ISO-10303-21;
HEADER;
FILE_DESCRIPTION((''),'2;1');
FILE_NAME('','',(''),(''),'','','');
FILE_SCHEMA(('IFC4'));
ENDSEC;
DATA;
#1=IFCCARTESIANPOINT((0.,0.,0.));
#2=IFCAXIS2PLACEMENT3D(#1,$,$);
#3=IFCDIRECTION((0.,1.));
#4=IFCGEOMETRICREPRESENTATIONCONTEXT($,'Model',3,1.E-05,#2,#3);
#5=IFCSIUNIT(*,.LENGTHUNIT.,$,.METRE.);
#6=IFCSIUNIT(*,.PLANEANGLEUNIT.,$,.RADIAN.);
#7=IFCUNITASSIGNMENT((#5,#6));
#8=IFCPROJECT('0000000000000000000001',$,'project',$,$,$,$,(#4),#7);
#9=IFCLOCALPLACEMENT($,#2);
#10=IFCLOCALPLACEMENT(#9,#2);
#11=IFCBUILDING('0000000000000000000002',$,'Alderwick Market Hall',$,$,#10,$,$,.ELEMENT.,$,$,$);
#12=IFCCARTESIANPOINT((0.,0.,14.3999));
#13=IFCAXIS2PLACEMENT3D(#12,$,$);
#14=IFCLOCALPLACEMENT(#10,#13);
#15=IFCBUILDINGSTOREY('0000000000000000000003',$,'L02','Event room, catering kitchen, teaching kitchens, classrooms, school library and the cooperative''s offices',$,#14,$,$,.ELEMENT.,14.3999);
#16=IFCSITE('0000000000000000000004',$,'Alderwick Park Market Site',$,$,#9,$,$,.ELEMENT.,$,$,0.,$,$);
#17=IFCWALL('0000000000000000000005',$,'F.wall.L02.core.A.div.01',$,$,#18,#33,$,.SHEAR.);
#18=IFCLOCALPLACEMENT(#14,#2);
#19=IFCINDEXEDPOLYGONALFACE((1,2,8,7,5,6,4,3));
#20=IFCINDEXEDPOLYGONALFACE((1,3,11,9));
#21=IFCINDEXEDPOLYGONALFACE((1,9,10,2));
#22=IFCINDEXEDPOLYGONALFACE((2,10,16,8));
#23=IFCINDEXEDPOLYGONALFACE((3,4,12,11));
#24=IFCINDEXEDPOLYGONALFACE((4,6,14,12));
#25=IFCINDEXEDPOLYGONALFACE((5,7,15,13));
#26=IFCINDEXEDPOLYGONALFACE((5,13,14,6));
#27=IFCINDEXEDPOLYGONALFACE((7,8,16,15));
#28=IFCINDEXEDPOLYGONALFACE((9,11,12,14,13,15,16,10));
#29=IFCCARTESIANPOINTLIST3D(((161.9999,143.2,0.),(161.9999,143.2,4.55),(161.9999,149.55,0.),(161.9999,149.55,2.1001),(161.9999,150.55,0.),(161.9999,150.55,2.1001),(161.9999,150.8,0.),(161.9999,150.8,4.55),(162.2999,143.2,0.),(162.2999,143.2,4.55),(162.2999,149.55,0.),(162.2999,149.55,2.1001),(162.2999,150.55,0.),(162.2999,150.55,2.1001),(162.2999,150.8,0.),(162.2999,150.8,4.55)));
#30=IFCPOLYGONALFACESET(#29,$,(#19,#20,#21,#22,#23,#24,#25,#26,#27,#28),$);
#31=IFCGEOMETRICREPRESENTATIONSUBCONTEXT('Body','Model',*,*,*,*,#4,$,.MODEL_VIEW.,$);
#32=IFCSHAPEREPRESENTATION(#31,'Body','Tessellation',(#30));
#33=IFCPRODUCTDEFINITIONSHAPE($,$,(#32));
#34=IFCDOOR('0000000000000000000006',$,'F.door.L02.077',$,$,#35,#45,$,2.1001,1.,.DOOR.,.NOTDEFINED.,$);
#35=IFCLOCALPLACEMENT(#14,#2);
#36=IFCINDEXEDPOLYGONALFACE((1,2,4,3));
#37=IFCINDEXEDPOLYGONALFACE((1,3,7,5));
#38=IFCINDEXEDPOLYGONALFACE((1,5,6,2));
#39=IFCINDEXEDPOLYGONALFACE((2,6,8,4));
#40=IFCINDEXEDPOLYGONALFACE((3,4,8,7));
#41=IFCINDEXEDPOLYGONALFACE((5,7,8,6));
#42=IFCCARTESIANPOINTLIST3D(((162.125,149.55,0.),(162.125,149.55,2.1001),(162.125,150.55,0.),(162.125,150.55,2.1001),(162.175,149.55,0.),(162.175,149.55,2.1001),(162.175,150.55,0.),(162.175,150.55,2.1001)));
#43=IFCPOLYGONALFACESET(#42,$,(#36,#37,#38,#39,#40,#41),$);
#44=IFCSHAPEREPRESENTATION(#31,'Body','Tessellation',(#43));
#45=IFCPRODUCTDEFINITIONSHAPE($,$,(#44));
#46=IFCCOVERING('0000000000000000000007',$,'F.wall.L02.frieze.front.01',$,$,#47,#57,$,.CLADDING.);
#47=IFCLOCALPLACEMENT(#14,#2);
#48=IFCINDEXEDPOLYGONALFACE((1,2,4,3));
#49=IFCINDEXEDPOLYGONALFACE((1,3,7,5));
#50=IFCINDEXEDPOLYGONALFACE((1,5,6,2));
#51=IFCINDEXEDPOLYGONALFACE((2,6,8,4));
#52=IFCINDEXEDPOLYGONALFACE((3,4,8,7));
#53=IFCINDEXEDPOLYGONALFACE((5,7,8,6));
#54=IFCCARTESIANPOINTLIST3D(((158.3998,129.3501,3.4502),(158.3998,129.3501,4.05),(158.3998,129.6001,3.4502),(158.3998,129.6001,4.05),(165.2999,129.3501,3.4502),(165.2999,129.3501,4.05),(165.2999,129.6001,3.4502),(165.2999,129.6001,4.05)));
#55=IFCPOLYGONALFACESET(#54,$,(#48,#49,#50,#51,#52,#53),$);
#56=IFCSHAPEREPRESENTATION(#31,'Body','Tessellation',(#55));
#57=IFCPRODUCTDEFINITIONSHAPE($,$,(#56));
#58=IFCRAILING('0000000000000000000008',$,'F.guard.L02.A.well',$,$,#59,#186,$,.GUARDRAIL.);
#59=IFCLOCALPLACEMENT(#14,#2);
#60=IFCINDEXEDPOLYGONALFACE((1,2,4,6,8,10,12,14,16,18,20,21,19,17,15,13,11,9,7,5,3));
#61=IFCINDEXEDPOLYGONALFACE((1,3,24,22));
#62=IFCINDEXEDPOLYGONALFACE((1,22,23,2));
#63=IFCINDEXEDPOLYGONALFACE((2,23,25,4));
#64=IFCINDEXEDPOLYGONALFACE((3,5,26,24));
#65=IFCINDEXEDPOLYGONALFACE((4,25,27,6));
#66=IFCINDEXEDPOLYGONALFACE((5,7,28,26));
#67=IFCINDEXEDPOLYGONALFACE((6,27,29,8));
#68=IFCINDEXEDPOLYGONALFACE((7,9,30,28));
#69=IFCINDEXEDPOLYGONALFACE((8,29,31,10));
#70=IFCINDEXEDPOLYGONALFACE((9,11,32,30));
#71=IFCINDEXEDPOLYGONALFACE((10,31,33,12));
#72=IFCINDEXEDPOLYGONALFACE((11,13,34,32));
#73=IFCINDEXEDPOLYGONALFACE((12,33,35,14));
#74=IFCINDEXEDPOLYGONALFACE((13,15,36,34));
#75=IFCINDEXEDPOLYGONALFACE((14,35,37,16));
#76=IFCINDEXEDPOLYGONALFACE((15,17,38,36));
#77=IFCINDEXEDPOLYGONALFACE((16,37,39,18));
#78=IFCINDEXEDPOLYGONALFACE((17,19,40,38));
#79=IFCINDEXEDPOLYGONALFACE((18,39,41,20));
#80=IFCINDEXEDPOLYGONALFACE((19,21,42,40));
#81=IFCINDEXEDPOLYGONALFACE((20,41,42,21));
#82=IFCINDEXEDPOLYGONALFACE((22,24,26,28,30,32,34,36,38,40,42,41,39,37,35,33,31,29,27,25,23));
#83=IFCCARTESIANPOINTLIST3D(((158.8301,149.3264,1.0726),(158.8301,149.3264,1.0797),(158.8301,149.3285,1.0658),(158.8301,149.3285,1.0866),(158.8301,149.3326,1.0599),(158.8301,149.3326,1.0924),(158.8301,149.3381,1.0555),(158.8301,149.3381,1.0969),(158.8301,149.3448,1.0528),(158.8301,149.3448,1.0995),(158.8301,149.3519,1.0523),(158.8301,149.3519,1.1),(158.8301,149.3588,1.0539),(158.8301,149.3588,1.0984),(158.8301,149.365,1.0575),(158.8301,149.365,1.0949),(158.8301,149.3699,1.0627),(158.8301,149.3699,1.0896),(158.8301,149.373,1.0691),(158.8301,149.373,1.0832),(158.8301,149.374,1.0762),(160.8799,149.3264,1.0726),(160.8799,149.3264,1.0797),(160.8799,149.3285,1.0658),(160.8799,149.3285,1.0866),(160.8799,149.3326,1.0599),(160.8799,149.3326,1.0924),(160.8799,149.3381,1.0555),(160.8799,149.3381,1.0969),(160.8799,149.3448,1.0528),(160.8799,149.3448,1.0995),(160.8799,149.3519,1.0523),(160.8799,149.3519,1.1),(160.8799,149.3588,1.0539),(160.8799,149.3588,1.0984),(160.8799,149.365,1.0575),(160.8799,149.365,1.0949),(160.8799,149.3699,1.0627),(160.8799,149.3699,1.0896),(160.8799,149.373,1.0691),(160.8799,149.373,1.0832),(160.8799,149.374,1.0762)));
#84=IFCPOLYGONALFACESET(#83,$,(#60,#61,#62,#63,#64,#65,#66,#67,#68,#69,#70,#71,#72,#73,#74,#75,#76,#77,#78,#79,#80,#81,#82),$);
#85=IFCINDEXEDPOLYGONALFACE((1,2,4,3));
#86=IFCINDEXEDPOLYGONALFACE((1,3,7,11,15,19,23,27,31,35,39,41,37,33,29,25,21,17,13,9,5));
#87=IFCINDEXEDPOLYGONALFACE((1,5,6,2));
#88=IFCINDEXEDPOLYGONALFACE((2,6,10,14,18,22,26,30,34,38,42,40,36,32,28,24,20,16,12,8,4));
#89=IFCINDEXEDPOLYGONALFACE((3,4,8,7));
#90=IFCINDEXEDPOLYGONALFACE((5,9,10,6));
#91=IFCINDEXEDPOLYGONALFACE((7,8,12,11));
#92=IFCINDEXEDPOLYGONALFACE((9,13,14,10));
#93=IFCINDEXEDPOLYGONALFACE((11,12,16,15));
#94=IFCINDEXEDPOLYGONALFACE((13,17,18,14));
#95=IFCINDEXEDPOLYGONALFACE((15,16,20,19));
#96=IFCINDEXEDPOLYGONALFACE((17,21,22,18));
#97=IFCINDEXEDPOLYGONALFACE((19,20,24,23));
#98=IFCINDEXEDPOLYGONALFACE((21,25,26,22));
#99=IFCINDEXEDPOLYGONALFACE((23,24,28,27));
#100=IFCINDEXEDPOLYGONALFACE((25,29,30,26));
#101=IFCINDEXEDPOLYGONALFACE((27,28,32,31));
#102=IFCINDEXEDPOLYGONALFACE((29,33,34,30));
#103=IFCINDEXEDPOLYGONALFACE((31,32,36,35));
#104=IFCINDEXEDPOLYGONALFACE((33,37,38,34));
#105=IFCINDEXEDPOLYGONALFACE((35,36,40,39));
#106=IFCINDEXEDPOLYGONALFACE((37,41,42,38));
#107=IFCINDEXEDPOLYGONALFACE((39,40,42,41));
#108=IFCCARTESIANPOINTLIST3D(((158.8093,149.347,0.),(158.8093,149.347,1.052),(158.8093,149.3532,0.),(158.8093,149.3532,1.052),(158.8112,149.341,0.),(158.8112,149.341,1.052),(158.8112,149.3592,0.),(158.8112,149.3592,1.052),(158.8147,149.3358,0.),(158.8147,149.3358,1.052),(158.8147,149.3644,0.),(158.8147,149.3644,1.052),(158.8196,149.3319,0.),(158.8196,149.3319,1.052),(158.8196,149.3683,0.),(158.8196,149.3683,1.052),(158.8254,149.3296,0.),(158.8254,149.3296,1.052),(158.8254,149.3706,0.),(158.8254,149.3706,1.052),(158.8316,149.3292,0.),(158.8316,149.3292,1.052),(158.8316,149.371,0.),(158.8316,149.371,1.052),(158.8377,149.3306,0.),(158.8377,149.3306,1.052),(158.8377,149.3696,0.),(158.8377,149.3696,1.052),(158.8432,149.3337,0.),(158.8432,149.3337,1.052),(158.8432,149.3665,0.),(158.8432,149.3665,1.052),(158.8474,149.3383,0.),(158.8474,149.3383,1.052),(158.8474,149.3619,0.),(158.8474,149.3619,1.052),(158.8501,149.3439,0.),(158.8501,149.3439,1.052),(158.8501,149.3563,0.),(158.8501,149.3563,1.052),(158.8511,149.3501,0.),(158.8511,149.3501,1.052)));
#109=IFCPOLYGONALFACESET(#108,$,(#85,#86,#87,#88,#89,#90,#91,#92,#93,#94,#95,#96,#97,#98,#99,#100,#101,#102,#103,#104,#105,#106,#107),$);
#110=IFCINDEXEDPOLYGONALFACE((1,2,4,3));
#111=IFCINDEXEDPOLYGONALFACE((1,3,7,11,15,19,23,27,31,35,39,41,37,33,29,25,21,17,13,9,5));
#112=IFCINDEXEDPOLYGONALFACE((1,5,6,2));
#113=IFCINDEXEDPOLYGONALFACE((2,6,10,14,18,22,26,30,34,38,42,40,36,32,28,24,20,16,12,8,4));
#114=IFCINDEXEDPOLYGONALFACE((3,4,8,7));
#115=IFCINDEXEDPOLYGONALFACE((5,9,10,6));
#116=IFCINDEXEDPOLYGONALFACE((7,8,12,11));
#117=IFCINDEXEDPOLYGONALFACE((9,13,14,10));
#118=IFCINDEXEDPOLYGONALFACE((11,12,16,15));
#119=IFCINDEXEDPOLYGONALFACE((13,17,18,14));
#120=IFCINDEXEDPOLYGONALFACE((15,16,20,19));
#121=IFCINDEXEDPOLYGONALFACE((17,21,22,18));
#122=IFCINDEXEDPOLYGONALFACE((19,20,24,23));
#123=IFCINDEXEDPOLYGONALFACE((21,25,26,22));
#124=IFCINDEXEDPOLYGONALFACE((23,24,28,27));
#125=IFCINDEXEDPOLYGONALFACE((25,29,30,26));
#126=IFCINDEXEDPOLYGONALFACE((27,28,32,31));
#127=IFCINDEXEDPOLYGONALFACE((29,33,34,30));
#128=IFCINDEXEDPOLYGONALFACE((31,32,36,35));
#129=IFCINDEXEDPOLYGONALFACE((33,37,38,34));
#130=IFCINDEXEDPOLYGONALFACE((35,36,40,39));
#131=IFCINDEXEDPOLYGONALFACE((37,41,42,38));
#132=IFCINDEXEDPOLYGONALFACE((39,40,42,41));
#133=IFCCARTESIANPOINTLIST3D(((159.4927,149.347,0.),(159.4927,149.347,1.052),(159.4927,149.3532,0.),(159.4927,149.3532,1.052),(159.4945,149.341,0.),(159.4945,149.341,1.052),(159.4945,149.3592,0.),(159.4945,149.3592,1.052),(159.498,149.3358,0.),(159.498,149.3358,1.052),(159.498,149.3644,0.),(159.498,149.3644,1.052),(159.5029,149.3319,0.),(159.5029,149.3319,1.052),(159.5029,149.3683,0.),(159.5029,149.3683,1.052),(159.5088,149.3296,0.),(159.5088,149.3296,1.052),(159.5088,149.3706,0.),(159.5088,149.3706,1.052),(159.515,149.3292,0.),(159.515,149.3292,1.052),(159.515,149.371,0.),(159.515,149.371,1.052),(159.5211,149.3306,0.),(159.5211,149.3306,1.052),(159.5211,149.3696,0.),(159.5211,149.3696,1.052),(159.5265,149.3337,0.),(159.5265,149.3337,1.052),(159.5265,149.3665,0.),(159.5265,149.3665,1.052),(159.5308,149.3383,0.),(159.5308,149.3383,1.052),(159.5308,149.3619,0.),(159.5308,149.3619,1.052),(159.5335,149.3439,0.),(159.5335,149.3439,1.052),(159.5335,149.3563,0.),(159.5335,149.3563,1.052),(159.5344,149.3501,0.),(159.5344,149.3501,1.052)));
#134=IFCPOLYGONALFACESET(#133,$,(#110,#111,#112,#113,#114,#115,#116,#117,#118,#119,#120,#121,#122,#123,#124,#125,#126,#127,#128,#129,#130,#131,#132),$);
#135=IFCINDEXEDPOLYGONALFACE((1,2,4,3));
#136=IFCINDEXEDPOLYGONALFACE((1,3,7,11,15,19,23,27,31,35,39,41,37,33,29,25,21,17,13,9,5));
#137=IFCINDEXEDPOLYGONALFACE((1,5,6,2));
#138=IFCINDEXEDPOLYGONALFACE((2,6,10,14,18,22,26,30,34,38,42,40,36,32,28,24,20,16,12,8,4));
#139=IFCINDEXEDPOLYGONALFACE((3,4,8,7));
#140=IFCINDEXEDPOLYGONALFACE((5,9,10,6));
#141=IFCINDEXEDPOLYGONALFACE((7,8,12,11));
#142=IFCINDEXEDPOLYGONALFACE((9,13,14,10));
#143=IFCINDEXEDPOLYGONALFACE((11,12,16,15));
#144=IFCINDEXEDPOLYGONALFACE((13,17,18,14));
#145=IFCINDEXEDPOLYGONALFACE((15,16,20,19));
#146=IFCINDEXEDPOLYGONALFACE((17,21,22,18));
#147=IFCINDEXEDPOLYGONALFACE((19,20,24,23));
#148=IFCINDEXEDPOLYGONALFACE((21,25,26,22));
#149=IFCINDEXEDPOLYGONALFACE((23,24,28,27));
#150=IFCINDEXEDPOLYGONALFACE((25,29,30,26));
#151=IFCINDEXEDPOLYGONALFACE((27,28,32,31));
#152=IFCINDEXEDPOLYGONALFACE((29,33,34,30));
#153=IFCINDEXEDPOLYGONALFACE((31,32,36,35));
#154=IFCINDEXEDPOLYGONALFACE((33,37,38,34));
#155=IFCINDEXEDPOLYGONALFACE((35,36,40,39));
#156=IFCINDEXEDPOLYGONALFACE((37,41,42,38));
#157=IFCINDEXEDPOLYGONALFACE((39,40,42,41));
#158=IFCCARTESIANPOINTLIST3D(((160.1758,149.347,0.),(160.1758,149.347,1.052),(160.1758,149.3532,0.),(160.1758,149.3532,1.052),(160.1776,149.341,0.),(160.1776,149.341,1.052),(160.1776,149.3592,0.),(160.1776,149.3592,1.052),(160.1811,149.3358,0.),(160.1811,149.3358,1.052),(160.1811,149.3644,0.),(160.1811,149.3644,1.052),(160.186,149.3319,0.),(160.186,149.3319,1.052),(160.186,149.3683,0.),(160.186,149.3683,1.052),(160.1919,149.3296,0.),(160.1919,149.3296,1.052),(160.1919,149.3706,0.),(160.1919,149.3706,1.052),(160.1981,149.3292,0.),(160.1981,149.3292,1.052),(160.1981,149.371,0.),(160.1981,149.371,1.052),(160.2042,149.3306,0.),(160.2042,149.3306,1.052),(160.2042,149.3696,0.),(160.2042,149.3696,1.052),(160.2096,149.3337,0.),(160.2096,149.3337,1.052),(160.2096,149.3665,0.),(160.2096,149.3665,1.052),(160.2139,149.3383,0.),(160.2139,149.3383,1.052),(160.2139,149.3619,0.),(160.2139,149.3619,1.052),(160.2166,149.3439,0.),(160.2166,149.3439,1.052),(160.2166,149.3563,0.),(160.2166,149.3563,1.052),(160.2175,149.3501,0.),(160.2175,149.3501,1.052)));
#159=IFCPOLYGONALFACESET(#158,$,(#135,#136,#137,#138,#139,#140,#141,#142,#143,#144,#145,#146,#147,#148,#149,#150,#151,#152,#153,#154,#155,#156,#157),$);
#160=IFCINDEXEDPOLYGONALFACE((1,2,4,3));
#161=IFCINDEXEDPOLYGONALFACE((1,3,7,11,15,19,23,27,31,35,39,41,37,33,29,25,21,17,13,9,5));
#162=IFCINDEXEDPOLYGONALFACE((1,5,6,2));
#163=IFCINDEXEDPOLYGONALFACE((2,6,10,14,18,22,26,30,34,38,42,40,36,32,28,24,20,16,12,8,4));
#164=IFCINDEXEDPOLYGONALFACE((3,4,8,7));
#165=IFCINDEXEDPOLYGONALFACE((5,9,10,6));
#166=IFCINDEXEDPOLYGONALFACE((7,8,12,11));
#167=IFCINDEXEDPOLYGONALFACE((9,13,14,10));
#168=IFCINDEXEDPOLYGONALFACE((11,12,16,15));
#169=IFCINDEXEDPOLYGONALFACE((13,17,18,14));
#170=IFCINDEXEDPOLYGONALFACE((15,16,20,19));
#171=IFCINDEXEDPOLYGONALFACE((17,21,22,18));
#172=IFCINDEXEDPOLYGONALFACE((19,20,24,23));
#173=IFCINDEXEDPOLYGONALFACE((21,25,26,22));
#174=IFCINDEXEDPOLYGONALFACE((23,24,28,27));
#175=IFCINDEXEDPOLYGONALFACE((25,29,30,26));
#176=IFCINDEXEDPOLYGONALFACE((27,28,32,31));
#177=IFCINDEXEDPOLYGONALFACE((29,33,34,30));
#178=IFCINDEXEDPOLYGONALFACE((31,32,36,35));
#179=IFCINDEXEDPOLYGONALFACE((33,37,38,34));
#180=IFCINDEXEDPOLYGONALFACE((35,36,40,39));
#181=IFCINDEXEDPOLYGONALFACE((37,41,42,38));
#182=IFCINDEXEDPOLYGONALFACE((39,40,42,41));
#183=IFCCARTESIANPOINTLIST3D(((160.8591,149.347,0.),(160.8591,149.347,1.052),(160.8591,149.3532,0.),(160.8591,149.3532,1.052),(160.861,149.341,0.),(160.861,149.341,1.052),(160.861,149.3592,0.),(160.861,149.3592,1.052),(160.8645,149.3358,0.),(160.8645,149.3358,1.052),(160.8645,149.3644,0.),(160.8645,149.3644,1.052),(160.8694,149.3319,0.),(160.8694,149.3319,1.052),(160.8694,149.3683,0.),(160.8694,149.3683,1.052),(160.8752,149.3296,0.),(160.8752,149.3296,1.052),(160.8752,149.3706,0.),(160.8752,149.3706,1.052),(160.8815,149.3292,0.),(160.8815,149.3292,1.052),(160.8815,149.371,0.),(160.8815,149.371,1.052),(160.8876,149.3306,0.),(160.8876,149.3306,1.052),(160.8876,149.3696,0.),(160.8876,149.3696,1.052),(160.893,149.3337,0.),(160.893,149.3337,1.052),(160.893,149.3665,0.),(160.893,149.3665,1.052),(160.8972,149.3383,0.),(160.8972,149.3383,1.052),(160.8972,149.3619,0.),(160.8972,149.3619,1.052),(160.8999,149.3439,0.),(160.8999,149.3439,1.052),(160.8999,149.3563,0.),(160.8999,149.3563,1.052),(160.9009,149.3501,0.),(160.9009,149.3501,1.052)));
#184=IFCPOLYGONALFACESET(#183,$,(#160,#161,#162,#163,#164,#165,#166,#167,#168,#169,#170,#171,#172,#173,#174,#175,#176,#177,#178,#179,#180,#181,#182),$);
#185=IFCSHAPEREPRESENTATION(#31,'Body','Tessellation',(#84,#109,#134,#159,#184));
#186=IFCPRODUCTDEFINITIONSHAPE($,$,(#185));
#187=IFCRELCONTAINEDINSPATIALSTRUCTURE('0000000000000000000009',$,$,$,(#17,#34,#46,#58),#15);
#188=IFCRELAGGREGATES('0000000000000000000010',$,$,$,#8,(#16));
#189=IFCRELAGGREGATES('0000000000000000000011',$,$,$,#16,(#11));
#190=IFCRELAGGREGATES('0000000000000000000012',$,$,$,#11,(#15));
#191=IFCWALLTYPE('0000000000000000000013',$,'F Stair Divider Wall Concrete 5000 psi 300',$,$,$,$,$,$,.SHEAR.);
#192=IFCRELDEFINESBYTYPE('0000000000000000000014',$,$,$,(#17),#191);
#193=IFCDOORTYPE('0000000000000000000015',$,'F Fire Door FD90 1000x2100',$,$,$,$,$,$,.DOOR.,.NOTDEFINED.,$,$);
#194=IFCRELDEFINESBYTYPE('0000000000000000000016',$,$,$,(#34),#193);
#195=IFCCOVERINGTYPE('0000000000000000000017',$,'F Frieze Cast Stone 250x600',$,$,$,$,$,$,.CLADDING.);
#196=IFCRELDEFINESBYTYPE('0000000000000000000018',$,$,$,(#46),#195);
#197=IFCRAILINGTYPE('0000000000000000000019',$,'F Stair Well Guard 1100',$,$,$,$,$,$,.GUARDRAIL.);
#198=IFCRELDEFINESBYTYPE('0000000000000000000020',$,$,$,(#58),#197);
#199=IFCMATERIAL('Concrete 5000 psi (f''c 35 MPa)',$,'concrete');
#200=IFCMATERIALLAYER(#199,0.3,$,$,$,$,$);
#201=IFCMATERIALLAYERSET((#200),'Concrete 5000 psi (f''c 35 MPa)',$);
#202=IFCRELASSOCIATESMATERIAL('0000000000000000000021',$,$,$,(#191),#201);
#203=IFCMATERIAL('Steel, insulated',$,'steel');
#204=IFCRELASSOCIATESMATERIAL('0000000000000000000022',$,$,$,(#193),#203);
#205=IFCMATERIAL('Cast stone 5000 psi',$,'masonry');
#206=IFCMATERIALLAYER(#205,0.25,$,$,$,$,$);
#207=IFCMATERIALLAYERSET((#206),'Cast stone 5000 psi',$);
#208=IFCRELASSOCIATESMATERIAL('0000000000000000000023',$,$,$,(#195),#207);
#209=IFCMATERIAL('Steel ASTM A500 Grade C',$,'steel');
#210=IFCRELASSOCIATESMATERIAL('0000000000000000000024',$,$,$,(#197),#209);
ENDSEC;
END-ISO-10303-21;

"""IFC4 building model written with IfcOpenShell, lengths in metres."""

from ifc_helpers import new_model, si_unit, direction, frame, frame_2d, origin, origin_2d, place, context, subcontext, project, spatial, rectangle, circle, extrude, material, layer, layer_set, type_object, element, fill, save


model = new_model("IFC4")

# Units and contexts
model_context = context("Model", 3, precision=1e-05, world=origin(), true_north=direction((0.0, 1.0)))
body_context = subcontext(model_context, "Body", "Model", "MODEL_VIEW")
ifc_project = project(units=[si_unit("LENGTHUNIT", "METRE"), si_unit("PLANEANGLEUNIT", "RADIAN")], contexts=[model_context])

# Site, building, storey
site_placement = place(None, origin())
site = spatial("IfcSite", under=ifc_project, at=site_placement, Name="Alderwick Park Market Site", CompositionType="ELEMENT", RefElevation=0.0)
building_placement = place(site_placement, origin())
building = spatial("IfcBuilding", under=site, at=building_placement, Name="Alderwick Market Hall", CompositionType="ELEMENT")
storey_placement = place(building_placement, frame((0.0, 0.0, 14.3999)))
storey = spatial("IfcBuildingStorey", under=building, at=storey_placement, Name="L02", Description="Event room, catering kitchen, teaching kitchens, classrooms, school library and the cooperative's offices", CompositionType="ELEMENT", Elevation=14.3999)

# Shared definitions
ifc_material_1 = material(Name="Concrete 5000 psi (f'c 35 MPa)", Category="concrete")

# Wall, opening, door
ifc_layer_1 = layer(ifc_material_1, 0.3)
ifc_layer_set_1 = layer_set([ifc_layer_1], Name="Concrete 5000 psi (f'c 35 MPa)")
wall_type_1 = type_object("IfcWallType", Name="F Stair Divider Wall Concrete 5000 psi 300", PredefinedType="SHEAR", material=ifc_layer_set_1)
wall_1_placement = place(storey_placement, frame((162.1499, 143.2, 0.0), z_axis=(0.0, 0.0, 1.0), x_axis=(0.0, 1.0, 0.0)))
wall_1 = element("IfcWall", 1, at=wall_1_placement, inside=storey, type_object=wall_type_1, Name="F.wall.L02.core.A.div.01", PredefinedType="SHEAR", context=body_context, shape_type="SweptSolid", body=[
    extrude(rectangle(XDim=7.6001, YDim=0.3, at=frame_2d((3.8, 0.0))), origin(), (0.0, 0.0, 1.0), 4.55),
])
opening_1_placement = place(wall_1_placement, frame((6.3501, 0.0, 0.0)))
opening_1 = element("IfcOpeningElement", 2, at=opening_1_placement, cuts=wall_1, PredefinedType="OPENING", context=body_context, shape_type="SweptSolid", body=[
    extrude(rectangle(XDim=1.0, YDim=2.1001, at=frame_2d((0.5, 1.05))), frame((0.0, 0.1599, 0.0), z_axis=(0.0, -1.0, 0.0), x_axis=(1.0, 0.0, 0.0)), (0.0, 0.0, 1.0), 0.3201),
])
ifc_material_2 = material(Name="Steel, insulated", Category="steel")
door_type_1 = type_object("IfcDoorType", Name="F Fire Door FD90 1000x2100", OperationType="NOTDEFINED", PredefinedType="DOOR", material=ifc_material_2)
door_1_placement = place(opening_1_placement, origin())
door_1 = element("IfcDoor", 3, at=door_1_placement, inside=storey, type_object=door_type_1, Name="F.door.L02.077", OperationType="NOTDEFINED", OverallHeight=2.1001, OverallWidth=1.0, PredefinedType="DOOR", context=body_context, shape_type="SweptSolid", body=[
    extrude(rectangle(XDim=1.0, YDim=2.1001, at=frame_2d((0.5, 1.05))), frame((0.0, 0.0249, 0.0), z_axis=(0.0, -1.0, 0.0), x_axis=(1.0, 0.0, 0.0)), (0.0, 0.0, 1.0), 0.05),
])
fill(opening_1, door_1)

# Covering
ifc_material_3 = material(Name="Cast stone 5000 psi", Category="masonry")
ifc_layer_2 = layer(ifc_material_3, 0.25)
ifc_layer_set_2 = layer_set([ifc_layer_2], Name="Cast stone 5000 psi")
covering_type = type_object("IfcCoveringType", Name="F Frieze Cast Stone 250x600", PredefinedType="CLADDING", material=ifc_layer_set_2)
covering_placement = place(storey_placement, frame((165.3, 129.4751, 3.4502), z_axis=(0.0, 0.0, 1.0), x_axis=(-1.0, 0.0, 0.0)))
element("IfcCovering", 4, at=covering_placement, inside=storey, type_object=covering_type, Name="F.wall.L02.frieze.front.01", PredefinedType="CLADDING", context=body_context, shape_type="SweptSolid", body=[
    extrude(rectangle(XDim=6.9001, YDim=0.25, at=frame_2d((3.4502, 0.0))), origin(), (0.0, 0.0, 1.0), 0.5999),
])

# Railing
ifc_material_4 = material(Name="Steel ASTM A500 Grade C", Category="steel")
railing_type = type_object("IfcRailingType", Name="F Stair Well Guard 1100", PredefinedType="GUARDRAIL", material=ifc_material_4)
railing_placement = place(storey_placement, frame((158.8301, 149.3501, 0.0)))
element("IfcRailing", 5, at=railing_placement, inside=storey, type_object=railing_type, Name="F.guard.L02.A.well", PredefinedType="GUARDRAIL", context=body_context, shape_type="SweptSolid", body=[
    extrude(circle(Radius=0.0239, at=origin_2d()), frame((0.0, 0.0, 1.0762), z_axis=(1.0, 0.0, 0.0), x_axis=(0.0, 1.0, 0.0)), (0.0, 0.0, 1.0), 2.0498),
    extrude(circle(Radius=0.021, at=origin_2d()), origin(), (0.0, 0.0, 1.0), 1.052),
    extrude(circle(Radius=0.021, at=origin_2d()), frame((0.6833, 0.0, 0.0)), (0.0, 0.0, 1.0), 1.052),
    extrude(circle(Radius=0.021, at=origin_2d()), frame((1.3665, 0.0, 0.0)), (0.0, 0.0, 1.0), 1.052),
    extrude(circle(Radius=0.021, at=origin_2d()), frame((2.0498, 0.0, 0.0)), (0.0, 0.0, 1.0), 1.052),
])

save(model, "model.ifc")
